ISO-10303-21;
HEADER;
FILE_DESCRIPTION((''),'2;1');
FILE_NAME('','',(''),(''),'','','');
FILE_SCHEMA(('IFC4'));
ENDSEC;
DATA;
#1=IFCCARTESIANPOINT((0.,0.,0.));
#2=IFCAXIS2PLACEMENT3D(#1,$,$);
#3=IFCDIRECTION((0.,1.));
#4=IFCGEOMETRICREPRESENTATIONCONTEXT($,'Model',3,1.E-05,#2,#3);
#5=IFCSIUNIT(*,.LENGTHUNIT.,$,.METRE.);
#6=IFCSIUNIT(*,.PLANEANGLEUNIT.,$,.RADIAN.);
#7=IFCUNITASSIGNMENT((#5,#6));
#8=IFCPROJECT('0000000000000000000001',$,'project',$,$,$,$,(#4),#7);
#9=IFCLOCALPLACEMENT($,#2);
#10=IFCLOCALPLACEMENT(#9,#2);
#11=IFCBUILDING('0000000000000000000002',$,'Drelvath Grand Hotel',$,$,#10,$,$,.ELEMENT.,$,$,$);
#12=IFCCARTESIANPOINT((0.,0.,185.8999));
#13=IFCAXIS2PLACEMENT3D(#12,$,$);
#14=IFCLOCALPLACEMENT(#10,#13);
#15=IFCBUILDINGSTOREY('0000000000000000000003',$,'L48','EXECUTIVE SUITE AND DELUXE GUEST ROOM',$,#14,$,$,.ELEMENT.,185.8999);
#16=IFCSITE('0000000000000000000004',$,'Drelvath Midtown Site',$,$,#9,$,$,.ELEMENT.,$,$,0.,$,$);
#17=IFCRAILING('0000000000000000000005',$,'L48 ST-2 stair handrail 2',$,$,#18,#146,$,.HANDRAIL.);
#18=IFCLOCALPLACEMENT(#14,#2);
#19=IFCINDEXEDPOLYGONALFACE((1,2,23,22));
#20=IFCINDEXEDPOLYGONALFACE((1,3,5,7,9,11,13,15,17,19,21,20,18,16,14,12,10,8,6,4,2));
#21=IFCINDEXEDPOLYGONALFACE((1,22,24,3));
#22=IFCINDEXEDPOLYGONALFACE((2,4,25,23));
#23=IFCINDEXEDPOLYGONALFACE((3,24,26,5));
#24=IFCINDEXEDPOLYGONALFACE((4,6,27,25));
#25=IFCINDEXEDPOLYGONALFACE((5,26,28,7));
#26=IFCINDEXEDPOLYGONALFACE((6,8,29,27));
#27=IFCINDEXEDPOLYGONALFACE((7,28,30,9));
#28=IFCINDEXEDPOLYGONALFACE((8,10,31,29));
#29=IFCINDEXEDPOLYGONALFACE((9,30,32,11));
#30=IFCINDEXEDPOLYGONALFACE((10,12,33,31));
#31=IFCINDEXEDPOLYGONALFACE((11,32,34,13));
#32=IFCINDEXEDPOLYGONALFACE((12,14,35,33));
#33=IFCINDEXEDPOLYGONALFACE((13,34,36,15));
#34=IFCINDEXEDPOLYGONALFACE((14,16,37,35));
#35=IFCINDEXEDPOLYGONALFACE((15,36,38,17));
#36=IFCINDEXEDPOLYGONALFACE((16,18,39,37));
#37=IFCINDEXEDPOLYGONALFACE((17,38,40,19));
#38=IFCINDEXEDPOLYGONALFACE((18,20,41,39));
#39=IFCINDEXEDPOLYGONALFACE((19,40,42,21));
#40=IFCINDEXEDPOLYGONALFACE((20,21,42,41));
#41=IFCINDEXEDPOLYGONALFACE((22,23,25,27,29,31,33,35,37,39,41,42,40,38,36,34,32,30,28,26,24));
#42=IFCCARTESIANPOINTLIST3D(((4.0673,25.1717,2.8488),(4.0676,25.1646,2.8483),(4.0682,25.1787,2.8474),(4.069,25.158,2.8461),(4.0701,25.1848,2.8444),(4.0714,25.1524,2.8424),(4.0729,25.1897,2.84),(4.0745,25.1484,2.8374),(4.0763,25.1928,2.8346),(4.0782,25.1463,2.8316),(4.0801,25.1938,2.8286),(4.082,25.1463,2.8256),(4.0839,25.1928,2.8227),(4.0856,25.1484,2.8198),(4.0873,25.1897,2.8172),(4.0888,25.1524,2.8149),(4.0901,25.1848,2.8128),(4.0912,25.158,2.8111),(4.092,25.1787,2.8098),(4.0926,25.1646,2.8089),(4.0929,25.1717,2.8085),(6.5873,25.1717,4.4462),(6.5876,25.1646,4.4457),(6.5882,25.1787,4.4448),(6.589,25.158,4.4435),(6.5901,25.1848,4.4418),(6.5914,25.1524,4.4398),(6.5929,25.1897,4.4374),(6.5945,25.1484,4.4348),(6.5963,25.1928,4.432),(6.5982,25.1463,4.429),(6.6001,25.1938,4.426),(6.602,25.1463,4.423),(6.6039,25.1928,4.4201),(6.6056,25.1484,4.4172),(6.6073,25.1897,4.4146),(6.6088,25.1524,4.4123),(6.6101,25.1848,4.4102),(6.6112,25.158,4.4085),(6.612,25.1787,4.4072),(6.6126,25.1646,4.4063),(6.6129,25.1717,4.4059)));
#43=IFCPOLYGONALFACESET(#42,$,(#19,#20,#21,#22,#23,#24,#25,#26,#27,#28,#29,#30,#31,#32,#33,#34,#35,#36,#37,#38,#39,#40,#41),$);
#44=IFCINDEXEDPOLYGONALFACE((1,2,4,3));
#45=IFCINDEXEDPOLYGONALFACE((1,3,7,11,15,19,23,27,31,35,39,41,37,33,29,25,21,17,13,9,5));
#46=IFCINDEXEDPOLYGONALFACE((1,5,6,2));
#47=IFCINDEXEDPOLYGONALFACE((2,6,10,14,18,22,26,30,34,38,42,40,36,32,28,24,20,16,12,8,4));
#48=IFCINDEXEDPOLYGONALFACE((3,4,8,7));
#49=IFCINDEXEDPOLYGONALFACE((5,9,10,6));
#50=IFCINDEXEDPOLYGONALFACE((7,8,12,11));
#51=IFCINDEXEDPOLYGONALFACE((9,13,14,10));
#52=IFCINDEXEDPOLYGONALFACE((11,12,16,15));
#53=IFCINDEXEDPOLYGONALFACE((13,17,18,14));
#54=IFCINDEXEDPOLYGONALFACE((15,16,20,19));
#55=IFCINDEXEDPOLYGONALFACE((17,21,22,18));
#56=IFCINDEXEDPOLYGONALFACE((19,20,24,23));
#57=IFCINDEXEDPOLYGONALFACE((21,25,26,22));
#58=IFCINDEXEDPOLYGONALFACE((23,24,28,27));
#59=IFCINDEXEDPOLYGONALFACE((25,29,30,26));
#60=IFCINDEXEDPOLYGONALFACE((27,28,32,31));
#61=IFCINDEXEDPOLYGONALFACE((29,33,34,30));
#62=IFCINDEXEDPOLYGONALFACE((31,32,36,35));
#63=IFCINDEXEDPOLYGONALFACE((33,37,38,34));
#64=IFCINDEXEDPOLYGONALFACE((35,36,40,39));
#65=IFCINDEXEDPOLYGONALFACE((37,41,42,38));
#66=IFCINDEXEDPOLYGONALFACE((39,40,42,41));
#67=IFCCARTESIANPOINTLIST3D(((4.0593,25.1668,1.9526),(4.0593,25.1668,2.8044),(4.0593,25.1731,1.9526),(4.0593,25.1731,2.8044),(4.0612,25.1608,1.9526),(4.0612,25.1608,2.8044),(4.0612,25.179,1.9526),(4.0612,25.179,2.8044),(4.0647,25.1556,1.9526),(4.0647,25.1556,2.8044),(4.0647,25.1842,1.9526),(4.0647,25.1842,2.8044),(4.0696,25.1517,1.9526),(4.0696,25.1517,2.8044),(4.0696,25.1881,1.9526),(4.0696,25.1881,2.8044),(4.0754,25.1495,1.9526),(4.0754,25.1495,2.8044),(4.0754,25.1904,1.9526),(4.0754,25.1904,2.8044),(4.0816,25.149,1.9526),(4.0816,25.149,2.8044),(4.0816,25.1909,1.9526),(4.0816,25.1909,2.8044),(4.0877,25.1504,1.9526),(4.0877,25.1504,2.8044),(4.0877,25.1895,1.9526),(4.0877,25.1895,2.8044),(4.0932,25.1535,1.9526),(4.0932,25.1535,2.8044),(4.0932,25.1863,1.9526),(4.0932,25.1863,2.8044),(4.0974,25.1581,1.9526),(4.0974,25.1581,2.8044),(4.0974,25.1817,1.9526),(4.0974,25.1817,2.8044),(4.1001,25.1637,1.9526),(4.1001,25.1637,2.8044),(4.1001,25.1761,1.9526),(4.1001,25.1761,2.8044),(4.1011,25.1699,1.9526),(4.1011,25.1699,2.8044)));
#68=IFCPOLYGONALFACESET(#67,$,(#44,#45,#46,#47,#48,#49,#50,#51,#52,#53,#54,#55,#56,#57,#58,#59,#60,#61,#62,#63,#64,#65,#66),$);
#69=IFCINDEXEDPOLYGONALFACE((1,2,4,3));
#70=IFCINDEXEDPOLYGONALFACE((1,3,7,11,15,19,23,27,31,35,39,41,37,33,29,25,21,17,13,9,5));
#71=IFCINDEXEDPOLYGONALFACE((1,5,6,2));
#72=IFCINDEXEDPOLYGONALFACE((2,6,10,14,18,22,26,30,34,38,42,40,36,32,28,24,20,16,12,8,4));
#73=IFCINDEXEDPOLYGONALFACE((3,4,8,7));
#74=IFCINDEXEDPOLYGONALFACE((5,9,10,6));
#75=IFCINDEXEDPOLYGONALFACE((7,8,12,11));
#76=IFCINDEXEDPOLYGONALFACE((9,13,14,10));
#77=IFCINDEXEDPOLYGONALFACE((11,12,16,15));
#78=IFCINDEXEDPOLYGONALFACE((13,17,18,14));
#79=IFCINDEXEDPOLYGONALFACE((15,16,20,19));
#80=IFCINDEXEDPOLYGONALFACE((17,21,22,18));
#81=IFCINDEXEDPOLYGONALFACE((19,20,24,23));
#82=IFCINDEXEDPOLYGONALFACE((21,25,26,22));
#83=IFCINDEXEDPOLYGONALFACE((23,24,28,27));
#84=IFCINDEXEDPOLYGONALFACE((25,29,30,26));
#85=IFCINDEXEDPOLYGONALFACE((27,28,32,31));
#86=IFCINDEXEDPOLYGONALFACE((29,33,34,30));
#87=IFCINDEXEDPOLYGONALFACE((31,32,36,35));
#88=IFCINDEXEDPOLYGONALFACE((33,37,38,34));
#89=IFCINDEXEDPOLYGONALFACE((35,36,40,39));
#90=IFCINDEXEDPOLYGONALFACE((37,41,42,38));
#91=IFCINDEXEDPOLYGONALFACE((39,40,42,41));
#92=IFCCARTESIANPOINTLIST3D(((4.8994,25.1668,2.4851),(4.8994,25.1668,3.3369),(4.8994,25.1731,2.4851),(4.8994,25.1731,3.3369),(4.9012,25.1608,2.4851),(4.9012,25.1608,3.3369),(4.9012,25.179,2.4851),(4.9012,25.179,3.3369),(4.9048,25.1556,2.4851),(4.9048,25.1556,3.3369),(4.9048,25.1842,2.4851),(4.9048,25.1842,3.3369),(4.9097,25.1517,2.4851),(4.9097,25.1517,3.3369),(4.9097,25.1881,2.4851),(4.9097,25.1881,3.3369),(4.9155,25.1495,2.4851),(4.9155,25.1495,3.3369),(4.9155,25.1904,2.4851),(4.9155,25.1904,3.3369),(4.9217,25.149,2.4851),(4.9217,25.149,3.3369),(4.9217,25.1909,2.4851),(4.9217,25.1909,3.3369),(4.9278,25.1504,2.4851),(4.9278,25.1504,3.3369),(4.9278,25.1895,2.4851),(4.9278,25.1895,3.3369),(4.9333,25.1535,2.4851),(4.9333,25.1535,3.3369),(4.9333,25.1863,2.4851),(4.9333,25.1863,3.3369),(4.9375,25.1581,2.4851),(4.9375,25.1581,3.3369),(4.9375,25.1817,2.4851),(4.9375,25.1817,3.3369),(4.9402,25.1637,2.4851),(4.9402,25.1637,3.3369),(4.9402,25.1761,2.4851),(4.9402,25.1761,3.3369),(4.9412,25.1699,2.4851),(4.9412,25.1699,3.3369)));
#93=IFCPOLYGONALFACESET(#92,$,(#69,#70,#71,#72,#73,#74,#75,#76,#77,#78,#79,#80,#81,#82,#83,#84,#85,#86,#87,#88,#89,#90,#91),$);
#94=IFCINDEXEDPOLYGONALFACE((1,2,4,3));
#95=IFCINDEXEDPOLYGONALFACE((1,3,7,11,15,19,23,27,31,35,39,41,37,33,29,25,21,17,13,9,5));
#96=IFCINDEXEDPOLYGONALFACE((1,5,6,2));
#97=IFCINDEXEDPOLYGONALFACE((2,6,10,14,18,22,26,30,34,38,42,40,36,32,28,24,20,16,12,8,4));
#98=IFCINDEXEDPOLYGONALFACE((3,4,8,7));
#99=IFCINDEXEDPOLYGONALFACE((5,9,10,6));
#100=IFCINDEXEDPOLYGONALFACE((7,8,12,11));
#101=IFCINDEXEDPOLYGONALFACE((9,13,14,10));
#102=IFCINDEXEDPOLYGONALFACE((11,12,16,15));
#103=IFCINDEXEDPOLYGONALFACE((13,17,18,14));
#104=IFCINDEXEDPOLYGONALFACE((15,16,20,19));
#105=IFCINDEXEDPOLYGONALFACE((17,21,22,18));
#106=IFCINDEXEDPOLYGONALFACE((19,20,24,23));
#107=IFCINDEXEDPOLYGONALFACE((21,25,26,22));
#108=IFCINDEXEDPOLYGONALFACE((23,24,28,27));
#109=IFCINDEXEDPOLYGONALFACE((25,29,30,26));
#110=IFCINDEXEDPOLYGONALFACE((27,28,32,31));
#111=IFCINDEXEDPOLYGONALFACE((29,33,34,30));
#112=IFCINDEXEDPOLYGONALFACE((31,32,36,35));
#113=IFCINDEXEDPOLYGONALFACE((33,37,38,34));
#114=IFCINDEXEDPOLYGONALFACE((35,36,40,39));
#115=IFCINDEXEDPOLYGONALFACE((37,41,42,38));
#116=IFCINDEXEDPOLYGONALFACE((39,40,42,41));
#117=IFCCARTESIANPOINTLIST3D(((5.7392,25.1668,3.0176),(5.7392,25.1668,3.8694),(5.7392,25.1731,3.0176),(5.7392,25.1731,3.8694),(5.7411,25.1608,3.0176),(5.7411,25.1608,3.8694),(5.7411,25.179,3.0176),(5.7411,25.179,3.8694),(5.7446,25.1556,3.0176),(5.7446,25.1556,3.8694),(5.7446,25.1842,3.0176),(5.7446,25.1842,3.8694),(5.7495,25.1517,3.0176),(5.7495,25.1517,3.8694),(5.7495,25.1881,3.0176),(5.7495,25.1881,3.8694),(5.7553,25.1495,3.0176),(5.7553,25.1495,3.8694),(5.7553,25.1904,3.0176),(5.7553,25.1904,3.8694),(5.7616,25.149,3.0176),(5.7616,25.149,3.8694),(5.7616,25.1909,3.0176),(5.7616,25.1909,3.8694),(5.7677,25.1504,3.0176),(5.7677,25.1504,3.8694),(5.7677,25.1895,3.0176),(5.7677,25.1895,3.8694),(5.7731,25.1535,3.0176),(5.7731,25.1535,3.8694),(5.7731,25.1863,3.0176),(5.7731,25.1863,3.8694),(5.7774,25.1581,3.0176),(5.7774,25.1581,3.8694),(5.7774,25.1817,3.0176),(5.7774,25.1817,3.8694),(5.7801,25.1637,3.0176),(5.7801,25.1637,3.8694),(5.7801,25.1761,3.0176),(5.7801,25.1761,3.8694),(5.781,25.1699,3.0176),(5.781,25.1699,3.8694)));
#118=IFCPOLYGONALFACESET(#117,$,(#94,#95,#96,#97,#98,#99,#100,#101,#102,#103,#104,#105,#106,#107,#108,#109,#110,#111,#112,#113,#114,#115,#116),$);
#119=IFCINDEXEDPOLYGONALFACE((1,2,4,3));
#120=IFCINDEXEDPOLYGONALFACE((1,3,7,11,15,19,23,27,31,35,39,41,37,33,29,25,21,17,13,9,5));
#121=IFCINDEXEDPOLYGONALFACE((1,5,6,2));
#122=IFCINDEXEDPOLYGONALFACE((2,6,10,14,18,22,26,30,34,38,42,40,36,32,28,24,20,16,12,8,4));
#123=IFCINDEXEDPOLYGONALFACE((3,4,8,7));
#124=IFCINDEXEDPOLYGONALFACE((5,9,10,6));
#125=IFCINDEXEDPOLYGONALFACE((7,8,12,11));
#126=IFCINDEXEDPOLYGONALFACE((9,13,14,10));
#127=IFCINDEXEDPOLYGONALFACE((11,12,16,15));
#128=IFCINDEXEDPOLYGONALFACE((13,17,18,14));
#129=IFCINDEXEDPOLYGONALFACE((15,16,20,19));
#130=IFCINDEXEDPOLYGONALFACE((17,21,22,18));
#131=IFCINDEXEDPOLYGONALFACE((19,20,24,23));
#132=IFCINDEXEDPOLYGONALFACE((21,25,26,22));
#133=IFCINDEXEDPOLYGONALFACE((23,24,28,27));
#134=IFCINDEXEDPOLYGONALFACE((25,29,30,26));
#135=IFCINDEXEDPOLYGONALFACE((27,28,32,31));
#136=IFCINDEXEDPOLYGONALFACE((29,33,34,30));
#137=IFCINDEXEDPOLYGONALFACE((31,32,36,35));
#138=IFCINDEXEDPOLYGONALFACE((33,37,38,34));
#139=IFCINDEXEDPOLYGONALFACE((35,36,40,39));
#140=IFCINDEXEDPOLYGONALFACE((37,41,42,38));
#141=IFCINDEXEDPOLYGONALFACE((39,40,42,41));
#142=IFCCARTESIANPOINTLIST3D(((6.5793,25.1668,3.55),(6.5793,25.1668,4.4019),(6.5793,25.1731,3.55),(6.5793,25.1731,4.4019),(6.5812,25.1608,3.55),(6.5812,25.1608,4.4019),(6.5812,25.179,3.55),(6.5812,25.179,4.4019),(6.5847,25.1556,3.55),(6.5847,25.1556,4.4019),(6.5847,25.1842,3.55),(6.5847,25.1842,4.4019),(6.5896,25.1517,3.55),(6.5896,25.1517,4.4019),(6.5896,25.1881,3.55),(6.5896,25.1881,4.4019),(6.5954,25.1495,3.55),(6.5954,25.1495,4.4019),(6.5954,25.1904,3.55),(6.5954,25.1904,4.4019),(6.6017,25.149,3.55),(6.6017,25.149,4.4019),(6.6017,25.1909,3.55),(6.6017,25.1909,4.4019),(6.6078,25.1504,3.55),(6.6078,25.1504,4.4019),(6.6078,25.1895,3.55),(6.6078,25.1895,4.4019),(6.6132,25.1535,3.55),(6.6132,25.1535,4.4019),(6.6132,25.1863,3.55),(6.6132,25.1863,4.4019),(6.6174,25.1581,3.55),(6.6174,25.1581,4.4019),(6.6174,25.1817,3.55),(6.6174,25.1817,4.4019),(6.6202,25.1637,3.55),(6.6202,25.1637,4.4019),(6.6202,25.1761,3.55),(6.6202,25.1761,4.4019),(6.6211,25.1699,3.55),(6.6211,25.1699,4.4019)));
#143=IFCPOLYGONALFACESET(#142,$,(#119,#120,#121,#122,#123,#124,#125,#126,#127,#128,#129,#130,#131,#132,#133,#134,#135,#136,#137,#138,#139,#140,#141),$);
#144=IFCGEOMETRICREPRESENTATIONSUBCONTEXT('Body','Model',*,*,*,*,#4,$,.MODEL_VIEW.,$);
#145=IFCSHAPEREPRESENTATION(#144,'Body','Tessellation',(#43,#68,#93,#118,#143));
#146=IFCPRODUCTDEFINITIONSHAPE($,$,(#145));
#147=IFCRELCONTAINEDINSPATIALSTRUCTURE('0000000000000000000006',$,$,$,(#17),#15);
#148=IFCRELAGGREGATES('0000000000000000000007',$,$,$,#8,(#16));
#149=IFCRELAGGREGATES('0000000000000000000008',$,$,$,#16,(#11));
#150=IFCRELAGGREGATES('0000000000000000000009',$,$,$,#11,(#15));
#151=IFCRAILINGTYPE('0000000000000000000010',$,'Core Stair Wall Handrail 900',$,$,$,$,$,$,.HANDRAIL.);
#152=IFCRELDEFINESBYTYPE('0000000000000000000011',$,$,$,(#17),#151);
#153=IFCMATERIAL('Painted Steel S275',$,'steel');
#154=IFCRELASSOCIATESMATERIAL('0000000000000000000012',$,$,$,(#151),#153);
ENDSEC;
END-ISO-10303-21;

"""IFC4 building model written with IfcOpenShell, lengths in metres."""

from ifc_helpers import new_model, si_unit, direction, frame, origin, origin_2d, place, context, subcontext, project, spatial, circle, extrude, material, type_object, element, save


model = new_model("IFC4")

# Units and contexts
model_context = context("Model", 3, precision=1e-05, world=origin(), true_north=direction((0.0, 1.0)))
body_context = subcontext(model_context, "Body", "Model", "MODEL_VIEW")
ifc_project = project(units=[si_unit("LENGTHUNIT", "METRE"), si_unit("PLANEANGLEUNIT", "RADIAN")], contexts=[model_context])

# Site, building, storey
site_placement = place(None, origin())
site = spatial("IfcSite", under=ifc_project, at=site_placement, Name="Drelvath Midtown Site", CompositionType="ELEMENT", RefElevation=0.0)
building_placement = place(site_placement, origin())
building = spatial("IfcBuilding", under=site, at=building_placement, Name="Drelvath Grand Hotel", CompositionType="ELEMENT")
storey_placement = place(building_placement, frame((0.0, 0.0, 185.8999)))
storey = spatial("IfcBuildingStorey", under=building, at=storey_placement, Name="L48", Description="EXECUTIVE SUITE AND DELUXE GUEST ROOM", CompositionType="ELEMENT", Elevation=185.8999)

# Railing
ifc_material_1 = material(Name="Painted Steel S275", Category="steel")
railing_type_1 = type_object("IfcRailingType", Name="Core Stair Wall Handrail 900", PredefinedType="HANDRAIL", material=ifc_material_1)
railing_1_placement = place(storey_placement, frame((4.0801, 25.1699, 1.9526)))
element("IfcRailing", 1, at=railing_1_placement, inside=storey, type_object=railing_type_1, Name="L48 ST-2 stair handrail 2", PredefinedType="HANDRAIL", context=body_context, shape_type="SweptSolid", body=[
    extrude(circle(Radius=0.0239, at=origin_2d()), frame((0.0, 0.0, 0.876), z_axis=(0.844607, 0.0, 0.535387), x_axis=(0.0, 1.0, 0.0)), (0.0, 0.0, 1.0), 2.9836),
    extrude(circle(Radius=0.021, at=origin_2d()), origin(), (0.0, 0.0, 1.0), 0.8518),
    extrude(circle(Radius=0.021, at=origin_2d()), frame((0.8401, 0.0, 0.5325)), (0.0, 0.0, 1.0), 0.8518),
    extrude(circle(Radius=0.021, at=origin_2d()), frame((1.6799, 0.0, 1.0649)), (0.0, 0.0, 1.0), 0.8518),
    extrude(circle(Radius=0.021, at=origin_2d()), frame((2.52, 0.0, 1.5974)), (0.0, 0.0, 1.0), 0.8518),
])

save(model, "model.ifc")
